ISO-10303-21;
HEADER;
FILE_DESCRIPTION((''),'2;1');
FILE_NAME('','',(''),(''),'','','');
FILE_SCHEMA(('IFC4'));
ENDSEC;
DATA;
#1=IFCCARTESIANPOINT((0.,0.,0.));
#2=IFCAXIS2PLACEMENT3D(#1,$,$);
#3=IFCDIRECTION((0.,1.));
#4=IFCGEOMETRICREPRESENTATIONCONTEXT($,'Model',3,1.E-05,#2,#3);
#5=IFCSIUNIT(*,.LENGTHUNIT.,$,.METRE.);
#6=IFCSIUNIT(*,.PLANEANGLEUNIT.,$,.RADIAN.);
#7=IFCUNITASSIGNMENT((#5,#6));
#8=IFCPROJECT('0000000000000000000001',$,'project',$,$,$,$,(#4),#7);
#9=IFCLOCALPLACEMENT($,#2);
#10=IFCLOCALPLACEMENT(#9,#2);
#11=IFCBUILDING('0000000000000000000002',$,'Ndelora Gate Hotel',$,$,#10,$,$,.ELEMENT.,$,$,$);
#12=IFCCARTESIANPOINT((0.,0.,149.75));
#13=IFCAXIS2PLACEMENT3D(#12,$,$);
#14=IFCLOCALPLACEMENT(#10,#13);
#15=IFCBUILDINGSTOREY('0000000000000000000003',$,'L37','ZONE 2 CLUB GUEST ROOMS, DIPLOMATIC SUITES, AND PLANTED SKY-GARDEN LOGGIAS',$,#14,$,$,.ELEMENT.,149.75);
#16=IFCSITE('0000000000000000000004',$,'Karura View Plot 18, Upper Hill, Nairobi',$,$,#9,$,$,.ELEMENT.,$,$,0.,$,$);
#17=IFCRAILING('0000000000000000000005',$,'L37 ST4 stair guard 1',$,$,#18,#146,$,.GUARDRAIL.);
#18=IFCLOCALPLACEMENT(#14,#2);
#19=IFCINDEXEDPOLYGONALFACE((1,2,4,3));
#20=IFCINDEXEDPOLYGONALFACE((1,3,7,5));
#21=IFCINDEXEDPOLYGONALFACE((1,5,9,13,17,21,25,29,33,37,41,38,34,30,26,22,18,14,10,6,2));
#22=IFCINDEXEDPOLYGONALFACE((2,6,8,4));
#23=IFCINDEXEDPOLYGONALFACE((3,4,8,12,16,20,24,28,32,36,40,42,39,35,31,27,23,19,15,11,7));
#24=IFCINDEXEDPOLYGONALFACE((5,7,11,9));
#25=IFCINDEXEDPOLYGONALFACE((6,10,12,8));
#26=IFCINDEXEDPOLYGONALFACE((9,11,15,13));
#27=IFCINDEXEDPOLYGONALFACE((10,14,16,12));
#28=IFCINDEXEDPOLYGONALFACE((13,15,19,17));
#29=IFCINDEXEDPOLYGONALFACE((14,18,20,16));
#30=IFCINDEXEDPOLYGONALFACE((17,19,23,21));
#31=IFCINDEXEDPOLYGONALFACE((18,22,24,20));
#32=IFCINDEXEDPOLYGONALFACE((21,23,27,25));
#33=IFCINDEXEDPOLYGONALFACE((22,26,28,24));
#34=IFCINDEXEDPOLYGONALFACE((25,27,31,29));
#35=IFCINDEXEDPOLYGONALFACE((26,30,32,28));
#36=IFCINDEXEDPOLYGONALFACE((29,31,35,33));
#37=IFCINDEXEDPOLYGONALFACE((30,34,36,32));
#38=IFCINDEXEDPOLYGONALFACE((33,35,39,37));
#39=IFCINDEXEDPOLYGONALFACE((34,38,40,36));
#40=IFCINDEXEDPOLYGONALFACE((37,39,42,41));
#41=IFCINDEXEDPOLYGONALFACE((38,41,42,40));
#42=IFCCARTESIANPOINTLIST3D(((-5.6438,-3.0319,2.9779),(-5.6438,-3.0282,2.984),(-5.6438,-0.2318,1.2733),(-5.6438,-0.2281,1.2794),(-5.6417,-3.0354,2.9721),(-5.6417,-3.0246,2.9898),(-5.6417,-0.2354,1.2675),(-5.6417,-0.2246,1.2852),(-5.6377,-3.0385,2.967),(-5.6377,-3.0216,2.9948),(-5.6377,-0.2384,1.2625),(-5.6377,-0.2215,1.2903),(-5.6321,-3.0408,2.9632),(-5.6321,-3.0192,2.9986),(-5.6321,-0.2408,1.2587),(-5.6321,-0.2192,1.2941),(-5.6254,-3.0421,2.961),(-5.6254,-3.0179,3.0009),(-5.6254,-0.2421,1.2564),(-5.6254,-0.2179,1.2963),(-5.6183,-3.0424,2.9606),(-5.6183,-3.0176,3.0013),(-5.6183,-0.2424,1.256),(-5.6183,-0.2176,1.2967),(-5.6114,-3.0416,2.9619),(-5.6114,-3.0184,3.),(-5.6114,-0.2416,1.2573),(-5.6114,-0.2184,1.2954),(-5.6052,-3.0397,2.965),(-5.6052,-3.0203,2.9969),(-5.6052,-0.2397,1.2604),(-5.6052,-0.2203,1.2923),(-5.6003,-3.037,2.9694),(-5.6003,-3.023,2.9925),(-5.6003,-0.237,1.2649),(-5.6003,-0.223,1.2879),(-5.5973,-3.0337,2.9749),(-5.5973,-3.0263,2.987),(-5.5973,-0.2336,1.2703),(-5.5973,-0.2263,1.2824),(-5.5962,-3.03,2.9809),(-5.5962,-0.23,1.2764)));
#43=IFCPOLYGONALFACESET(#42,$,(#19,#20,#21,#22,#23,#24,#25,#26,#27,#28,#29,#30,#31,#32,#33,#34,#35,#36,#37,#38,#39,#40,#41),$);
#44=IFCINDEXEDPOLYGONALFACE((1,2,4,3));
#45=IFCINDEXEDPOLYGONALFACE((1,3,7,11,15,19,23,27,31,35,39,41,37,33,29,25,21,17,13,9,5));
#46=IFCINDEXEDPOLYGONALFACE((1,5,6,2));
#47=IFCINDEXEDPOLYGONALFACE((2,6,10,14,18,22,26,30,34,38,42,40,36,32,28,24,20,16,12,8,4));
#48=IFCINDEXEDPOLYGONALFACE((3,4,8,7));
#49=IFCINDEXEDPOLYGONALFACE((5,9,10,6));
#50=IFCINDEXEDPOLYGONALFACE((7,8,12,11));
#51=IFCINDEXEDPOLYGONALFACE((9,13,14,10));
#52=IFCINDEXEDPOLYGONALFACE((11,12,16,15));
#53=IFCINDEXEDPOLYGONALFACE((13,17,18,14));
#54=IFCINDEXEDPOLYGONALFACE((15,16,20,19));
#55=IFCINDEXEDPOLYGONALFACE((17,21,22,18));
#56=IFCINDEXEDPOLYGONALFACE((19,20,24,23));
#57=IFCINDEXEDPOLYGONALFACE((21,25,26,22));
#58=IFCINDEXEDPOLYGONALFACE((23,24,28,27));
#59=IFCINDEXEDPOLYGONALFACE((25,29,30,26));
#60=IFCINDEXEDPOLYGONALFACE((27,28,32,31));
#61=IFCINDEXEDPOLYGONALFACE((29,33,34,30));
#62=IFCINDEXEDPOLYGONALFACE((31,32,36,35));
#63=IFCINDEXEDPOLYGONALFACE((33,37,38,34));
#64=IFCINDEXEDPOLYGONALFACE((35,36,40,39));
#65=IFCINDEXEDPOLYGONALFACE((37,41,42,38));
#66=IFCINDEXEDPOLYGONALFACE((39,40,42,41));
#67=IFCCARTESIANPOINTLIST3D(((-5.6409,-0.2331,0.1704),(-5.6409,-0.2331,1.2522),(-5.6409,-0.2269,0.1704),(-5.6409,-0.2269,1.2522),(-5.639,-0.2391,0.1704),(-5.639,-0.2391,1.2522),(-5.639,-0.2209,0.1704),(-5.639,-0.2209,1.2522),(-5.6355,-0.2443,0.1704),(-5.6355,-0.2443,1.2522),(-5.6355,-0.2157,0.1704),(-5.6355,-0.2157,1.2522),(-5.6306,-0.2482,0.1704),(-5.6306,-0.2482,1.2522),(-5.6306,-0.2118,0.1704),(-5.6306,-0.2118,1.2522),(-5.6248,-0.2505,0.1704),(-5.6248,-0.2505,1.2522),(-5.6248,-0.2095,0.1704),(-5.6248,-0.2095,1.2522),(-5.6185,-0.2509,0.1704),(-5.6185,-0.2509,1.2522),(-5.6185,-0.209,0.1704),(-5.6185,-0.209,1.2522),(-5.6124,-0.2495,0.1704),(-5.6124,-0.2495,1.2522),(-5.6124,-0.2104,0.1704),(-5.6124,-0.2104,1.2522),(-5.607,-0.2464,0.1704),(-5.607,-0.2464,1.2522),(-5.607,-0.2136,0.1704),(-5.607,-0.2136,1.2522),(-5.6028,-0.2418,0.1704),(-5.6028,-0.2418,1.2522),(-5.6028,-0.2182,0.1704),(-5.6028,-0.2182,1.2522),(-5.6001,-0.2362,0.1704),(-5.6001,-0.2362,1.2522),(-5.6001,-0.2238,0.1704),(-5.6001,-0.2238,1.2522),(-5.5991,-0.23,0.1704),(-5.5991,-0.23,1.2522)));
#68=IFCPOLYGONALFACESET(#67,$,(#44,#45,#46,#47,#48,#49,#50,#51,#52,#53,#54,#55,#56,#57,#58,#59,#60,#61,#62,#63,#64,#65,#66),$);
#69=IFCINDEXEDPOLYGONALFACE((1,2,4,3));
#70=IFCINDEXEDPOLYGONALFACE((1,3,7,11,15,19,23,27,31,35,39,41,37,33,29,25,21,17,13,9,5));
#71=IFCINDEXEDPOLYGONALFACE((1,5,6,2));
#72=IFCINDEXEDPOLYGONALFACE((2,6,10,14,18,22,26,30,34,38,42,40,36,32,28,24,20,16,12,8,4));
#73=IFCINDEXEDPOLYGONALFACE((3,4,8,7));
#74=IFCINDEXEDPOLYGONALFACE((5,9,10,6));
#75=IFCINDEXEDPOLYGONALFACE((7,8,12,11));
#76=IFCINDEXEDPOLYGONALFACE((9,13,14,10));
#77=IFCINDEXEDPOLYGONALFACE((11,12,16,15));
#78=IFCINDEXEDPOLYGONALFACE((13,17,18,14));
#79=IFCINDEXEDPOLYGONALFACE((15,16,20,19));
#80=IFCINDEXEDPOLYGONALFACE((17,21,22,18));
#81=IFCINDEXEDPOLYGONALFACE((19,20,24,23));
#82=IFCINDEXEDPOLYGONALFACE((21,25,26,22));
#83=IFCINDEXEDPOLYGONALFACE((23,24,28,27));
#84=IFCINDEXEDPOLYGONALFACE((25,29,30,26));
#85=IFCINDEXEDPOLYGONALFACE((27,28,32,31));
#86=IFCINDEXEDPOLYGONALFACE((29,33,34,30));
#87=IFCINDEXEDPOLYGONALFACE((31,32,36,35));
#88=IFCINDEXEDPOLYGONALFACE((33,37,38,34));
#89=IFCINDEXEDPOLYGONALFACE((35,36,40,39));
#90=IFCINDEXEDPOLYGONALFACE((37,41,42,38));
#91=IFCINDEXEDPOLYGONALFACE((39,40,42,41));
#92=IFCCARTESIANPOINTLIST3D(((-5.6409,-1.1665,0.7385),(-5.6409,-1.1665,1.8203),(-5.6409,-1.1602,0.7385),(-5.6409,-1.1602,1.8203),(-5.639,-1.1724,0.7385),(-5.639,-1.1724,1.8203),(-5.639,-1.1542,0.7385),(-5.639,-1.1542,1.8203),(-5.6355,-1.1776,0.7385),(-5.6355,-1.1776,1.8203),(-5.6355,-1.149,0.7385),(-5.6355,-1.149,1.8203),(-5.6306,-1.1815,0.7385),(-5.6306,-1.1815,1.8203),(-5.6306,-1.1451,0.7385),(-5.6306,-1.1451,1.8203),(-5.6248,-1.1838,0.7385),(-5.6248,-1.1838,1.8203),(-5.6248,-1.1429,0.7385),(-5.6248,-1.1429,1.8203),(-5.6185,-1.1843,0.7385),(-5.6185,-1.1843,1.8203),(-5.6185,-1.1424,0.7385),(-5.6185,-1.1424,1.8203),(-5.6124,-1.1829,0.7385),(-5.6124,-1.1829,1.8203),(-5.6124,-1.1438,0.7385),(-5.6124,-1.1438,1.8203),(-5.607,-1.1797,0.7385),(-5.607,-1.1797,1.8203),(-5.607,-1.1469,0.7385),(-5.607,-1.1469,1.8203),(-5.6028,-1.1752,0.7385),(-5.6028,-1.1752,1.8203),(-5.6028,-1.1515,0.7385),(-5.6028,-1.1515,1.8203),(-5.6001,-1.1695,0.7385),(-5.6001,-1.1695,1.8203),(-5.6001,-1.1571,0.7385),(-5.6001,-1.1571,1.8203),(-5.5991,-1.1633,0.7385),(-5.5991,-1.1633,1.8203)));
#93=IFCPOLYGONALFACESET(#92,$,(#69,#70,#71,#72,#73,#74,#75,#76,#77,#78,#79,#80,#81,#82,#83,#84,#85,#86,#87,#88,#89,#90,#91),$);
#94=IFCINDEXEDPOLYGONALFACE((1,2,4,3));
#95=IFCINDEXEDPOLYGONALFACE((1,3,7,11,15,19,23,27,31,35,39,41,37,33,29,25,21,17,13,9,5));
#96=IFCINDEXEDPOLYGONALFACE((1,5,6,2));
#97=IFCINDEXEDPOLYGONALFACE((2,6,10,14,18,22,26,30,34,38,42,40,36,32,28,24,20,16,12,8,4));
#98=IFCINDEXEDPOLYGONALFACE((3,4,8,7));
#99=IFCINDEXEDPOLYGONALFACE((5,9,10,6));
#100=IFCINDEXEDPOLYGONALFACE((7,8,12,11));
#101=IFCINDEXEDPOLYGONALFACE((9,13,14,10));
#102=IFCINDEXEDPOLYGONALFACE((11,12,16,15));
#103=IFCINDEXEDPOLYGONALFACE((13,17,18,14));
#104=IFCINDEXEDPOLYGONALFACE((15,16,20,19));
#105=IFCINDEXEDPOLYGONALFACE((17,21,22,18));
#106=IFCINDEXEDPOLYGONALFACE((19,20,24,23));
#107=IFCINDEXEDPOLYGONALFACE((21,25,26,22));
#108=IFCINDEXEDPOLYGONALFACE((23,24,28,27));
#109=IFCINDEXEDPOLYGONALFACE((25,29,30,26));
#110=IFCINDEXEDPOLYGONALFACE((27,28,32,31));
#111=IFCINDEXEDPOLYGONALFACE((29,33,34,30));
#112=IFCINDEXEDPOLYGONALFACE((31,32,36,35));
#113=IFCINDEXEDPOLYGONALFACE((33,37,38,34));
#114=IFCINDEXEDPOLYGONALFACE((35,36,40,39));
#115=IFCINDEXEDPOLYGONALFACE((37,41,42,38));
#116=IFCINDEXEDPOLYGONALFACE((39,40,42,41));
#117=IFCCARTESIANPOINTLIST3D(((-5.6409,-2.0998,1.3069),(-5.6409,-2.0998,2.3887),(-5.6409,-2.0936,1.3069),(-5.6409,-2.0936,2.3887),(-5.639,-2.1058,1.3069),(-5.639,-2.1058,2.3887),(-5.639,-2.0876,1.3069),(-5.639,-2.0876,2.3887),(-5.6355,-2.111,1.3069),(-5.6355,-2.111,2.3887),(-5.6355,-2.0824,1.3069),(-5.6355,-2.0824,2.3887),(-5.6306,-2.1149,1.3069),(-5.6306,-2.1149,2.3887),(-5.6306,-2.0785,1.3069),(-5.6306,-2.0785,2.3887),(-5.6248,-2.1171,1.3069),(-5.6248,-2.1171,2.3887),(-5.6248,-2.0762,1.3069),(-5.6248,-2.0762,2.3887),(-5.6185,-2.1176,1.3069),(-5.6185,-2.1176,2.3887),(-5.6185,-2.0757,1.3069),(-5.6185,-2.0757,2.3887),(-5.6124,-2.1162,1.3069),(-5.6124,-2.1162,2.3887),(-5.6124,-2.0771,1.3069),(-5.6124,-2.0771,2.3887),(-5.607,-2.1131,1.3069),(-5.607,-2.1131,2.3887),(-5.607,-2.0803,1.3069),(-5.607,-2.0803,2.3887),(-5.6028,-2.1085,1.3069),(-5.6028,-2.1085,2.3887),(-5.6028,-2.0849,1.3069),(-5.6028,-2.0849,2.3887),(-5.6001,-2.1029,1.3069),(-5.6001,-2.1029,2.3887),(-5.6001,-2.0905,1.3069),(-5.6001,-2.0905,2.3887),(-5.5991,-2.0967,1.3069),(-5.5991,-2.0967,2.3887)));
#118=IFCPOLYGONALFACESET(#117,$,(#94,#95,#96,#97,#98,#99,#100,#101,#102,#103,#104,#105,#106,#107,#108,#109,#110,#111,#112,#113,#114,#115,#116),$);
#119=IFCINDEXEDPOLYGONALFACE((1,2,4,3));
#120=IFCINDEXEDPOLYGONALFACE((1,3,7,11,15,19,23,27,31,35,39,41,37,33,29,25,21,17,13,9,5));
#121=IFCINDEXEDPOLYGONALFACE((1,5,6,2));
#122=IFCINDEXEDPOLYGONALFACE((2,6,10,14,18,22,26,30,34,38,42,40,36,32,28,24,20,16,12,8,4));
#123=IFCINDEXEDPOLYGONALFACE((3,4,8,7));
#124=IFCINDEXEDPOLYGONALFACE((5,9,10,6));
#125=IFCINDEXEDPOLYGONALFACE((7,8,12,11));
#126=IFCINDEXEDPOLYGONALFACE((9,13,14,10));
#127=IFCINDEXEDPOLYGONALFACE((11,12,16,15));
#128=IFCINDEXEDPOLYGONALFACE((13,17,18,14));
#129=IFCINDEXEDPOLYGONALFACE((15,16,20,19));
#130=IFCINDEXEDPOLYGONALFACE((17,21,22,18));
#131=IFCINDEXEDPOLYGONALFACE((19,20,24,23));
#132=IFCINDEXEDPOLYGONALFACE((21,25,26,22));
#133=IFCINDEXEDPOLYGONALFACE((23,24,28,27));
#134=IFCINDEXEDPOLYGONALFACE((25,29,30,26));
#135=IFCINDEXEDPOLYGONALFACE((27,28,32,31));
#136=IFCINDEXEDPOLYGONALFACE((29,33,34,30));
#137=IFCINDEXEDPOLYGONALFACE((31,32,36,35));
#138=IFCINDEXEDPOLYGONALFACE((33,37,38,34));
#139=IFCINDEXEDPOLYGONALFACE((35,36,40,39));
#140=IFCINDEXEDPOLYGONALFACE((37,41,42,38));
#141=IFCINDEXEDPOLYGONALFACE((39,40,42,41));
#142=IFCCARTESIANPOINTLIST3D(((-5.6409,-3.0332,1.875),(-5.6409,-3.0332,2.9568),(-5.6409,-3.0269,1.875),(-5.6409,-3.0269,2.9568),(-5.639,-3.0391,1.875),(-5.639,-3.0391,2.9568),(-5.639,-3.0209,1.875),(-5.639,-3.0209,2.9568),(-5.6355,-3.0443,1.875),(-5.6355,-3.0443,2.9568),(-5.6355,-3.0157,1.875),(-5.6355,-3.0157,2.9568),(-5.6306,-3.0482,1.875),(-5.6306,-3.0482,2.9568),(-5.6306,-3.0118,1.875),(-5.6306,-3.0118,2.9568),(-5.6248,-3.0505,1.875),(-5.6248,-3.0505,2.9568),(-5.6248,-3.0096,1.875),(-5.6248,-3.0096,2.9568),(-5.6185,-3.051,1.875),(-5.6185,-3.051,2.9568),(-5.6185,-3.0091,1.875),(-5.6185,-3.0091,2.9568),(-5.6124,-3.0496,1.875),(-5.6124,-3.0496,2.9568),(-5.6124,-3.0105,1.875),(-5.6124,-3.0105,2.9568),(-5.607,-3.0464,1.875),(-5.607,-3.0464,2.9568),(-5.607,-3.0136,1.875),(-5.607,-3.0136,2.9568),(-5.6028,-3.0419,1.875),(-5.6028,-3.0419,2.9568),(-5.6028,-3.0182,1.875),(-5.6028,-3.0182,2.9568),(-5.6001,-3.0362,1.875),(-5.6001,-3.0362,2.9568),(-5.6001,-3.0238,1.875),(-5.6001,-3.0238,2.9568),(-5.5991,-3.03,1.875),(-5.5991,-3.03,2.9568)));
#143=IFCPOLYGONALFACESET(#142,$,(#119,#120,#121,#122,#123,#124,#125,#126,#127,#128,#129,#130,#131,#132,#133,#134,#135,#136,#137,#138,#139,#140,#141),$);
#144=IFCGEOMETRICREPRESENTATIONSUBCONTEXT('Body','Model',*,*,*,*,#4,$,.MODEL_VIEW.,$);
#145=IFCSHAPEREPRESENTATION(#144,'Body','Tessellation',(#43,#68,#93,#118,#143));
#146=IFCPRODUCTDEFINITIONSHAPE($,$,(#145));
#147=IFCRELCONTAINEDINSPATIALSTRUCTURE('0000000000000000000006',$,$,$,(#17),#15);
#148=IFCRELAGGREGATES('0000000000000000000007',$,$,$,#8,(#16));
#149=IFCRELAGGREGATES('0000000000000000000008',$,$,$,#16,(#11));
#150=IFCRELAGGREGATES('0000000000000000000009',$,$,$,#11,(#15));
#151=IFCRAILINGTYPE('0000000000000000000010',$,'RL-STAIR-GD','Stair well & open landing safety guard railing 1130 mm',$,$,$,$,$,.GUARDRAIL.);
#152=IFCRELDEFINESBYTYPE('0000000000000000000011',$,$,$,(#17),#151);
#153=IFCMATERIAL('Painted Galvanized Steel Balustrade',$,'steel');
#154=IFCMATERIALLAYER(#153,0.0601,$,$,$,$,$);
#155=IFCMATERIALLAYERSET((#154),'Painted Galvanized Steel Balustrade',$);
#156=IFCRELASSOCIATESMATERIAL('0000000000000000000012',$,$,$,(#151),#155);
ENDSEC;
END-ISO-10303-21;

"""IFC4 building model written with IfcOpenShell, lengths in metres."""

from ifc_helpers import new_model, si_unit, direction, frame, origin, origin_2d, place, context, subcontext, project, spatial, circle, extrude, material, layer, layer_set, type_object, element, save


model = new_model("IFC4")

# Units and contexts
model_context = context("Model", 3, precision=1e-05, world=origin(), true_north=direction((0.0, 1.0)))
body_context = subcontext(model_context, "Body", "Model", "MODEL_VIEW")
ifc_project = project(units=[si_unit("LENGTHUNIT", "METRE"), si_unit("PLANEANGLEUNIT", "RADIAN")], contexts=[model_context])

# Site, building, storey
site_placement = place(None, origin())
site = spatial("IfcSite", under=ifc_project, at=site_placement, Name="Karura View Plot 18, Upper Hill, Nairobi", CompositionType="ELEMENT", RefElevation=0.0)
building_placement = place(site_placement, origin())
building = spatial("IfcBuilding", under=site, at=building_placement, Name="Ndelora Gate Hotel", CompositionType="ELEMENT")
storey_placement = place(building_placement, frame((0.0, 0.0, 149.75)))
storey = spatial("IfcBuildingStorey", under=building, at=storey_placement, Name="L37", Description="ZONE 2 CLUB GUEST ROOMS, DIPLOMATIC SUITES, AND PLANTED SKY-GARDEN LOGGIAS", CompositionType="ELEMENT", Elevation=149.75)

# Railing
ifc_material_1 = material(Name="Painted Galvanized Steel Balustrade", Category="steel")
ifc_layer_1 = layer(ifc_material_1, 0.0601)
ifc_layer_set_1 = layer_set([ifc_layer_1], Name="Painted Galvanized Steel Balustrade")
railing_type_1 = type_object("IfcRailingType", Name="RL-STAIR-GD", Description="Stair well & open landing safety guard railing 1130 mm", PredefinedType="GUARDRAIL", material=ifc_layer_set_1)
railing_1_placement = place(storey_placement, frame((-5.6201, -0.23, 0.1704)))
element("IfcRailing", 1, at=railing_1_placement, inside=storey, type_object=railing_type_1, Name="L37 ST4 stair guard 1", PredefinedType="GUARDRAIL", context=body_context, shape_type="SweptSolid", body=[
    extrude(circle(Radius=0.0239, at=origin_2d()), frame((0.0, 0.0, 1.106), z_axis=(0.0, -0.85417, 0.519994), x_axis=(1.0, 0.0, 0.0)), (0.0, 0.0, 1.0), 3.2781),
    extrude(circle(Radius=0.021, at=origin_2d()), origin(), (0.0, 0.0, 1.0), 1.0818),
    extrude(circle(Radius=0.021, at=origin_2d()), frame((0.0, -0.9333, 0.5681)), (0.0, 0.0, 1.0), 1.0818),
    extrude(circle(Radius=0.021, at=origin_2d()), frame((0.0, -1.8667, 1.1365)), (0.0, 0.0, 1.0), 1.0818),
    extrude(circle(Radius=0.021, at=origin_2d()), frame((0.0, -2.8, 1.7046)), (0.0, 0.0, 1.0), 1.0818),
])

save(model, "model.ifc")
